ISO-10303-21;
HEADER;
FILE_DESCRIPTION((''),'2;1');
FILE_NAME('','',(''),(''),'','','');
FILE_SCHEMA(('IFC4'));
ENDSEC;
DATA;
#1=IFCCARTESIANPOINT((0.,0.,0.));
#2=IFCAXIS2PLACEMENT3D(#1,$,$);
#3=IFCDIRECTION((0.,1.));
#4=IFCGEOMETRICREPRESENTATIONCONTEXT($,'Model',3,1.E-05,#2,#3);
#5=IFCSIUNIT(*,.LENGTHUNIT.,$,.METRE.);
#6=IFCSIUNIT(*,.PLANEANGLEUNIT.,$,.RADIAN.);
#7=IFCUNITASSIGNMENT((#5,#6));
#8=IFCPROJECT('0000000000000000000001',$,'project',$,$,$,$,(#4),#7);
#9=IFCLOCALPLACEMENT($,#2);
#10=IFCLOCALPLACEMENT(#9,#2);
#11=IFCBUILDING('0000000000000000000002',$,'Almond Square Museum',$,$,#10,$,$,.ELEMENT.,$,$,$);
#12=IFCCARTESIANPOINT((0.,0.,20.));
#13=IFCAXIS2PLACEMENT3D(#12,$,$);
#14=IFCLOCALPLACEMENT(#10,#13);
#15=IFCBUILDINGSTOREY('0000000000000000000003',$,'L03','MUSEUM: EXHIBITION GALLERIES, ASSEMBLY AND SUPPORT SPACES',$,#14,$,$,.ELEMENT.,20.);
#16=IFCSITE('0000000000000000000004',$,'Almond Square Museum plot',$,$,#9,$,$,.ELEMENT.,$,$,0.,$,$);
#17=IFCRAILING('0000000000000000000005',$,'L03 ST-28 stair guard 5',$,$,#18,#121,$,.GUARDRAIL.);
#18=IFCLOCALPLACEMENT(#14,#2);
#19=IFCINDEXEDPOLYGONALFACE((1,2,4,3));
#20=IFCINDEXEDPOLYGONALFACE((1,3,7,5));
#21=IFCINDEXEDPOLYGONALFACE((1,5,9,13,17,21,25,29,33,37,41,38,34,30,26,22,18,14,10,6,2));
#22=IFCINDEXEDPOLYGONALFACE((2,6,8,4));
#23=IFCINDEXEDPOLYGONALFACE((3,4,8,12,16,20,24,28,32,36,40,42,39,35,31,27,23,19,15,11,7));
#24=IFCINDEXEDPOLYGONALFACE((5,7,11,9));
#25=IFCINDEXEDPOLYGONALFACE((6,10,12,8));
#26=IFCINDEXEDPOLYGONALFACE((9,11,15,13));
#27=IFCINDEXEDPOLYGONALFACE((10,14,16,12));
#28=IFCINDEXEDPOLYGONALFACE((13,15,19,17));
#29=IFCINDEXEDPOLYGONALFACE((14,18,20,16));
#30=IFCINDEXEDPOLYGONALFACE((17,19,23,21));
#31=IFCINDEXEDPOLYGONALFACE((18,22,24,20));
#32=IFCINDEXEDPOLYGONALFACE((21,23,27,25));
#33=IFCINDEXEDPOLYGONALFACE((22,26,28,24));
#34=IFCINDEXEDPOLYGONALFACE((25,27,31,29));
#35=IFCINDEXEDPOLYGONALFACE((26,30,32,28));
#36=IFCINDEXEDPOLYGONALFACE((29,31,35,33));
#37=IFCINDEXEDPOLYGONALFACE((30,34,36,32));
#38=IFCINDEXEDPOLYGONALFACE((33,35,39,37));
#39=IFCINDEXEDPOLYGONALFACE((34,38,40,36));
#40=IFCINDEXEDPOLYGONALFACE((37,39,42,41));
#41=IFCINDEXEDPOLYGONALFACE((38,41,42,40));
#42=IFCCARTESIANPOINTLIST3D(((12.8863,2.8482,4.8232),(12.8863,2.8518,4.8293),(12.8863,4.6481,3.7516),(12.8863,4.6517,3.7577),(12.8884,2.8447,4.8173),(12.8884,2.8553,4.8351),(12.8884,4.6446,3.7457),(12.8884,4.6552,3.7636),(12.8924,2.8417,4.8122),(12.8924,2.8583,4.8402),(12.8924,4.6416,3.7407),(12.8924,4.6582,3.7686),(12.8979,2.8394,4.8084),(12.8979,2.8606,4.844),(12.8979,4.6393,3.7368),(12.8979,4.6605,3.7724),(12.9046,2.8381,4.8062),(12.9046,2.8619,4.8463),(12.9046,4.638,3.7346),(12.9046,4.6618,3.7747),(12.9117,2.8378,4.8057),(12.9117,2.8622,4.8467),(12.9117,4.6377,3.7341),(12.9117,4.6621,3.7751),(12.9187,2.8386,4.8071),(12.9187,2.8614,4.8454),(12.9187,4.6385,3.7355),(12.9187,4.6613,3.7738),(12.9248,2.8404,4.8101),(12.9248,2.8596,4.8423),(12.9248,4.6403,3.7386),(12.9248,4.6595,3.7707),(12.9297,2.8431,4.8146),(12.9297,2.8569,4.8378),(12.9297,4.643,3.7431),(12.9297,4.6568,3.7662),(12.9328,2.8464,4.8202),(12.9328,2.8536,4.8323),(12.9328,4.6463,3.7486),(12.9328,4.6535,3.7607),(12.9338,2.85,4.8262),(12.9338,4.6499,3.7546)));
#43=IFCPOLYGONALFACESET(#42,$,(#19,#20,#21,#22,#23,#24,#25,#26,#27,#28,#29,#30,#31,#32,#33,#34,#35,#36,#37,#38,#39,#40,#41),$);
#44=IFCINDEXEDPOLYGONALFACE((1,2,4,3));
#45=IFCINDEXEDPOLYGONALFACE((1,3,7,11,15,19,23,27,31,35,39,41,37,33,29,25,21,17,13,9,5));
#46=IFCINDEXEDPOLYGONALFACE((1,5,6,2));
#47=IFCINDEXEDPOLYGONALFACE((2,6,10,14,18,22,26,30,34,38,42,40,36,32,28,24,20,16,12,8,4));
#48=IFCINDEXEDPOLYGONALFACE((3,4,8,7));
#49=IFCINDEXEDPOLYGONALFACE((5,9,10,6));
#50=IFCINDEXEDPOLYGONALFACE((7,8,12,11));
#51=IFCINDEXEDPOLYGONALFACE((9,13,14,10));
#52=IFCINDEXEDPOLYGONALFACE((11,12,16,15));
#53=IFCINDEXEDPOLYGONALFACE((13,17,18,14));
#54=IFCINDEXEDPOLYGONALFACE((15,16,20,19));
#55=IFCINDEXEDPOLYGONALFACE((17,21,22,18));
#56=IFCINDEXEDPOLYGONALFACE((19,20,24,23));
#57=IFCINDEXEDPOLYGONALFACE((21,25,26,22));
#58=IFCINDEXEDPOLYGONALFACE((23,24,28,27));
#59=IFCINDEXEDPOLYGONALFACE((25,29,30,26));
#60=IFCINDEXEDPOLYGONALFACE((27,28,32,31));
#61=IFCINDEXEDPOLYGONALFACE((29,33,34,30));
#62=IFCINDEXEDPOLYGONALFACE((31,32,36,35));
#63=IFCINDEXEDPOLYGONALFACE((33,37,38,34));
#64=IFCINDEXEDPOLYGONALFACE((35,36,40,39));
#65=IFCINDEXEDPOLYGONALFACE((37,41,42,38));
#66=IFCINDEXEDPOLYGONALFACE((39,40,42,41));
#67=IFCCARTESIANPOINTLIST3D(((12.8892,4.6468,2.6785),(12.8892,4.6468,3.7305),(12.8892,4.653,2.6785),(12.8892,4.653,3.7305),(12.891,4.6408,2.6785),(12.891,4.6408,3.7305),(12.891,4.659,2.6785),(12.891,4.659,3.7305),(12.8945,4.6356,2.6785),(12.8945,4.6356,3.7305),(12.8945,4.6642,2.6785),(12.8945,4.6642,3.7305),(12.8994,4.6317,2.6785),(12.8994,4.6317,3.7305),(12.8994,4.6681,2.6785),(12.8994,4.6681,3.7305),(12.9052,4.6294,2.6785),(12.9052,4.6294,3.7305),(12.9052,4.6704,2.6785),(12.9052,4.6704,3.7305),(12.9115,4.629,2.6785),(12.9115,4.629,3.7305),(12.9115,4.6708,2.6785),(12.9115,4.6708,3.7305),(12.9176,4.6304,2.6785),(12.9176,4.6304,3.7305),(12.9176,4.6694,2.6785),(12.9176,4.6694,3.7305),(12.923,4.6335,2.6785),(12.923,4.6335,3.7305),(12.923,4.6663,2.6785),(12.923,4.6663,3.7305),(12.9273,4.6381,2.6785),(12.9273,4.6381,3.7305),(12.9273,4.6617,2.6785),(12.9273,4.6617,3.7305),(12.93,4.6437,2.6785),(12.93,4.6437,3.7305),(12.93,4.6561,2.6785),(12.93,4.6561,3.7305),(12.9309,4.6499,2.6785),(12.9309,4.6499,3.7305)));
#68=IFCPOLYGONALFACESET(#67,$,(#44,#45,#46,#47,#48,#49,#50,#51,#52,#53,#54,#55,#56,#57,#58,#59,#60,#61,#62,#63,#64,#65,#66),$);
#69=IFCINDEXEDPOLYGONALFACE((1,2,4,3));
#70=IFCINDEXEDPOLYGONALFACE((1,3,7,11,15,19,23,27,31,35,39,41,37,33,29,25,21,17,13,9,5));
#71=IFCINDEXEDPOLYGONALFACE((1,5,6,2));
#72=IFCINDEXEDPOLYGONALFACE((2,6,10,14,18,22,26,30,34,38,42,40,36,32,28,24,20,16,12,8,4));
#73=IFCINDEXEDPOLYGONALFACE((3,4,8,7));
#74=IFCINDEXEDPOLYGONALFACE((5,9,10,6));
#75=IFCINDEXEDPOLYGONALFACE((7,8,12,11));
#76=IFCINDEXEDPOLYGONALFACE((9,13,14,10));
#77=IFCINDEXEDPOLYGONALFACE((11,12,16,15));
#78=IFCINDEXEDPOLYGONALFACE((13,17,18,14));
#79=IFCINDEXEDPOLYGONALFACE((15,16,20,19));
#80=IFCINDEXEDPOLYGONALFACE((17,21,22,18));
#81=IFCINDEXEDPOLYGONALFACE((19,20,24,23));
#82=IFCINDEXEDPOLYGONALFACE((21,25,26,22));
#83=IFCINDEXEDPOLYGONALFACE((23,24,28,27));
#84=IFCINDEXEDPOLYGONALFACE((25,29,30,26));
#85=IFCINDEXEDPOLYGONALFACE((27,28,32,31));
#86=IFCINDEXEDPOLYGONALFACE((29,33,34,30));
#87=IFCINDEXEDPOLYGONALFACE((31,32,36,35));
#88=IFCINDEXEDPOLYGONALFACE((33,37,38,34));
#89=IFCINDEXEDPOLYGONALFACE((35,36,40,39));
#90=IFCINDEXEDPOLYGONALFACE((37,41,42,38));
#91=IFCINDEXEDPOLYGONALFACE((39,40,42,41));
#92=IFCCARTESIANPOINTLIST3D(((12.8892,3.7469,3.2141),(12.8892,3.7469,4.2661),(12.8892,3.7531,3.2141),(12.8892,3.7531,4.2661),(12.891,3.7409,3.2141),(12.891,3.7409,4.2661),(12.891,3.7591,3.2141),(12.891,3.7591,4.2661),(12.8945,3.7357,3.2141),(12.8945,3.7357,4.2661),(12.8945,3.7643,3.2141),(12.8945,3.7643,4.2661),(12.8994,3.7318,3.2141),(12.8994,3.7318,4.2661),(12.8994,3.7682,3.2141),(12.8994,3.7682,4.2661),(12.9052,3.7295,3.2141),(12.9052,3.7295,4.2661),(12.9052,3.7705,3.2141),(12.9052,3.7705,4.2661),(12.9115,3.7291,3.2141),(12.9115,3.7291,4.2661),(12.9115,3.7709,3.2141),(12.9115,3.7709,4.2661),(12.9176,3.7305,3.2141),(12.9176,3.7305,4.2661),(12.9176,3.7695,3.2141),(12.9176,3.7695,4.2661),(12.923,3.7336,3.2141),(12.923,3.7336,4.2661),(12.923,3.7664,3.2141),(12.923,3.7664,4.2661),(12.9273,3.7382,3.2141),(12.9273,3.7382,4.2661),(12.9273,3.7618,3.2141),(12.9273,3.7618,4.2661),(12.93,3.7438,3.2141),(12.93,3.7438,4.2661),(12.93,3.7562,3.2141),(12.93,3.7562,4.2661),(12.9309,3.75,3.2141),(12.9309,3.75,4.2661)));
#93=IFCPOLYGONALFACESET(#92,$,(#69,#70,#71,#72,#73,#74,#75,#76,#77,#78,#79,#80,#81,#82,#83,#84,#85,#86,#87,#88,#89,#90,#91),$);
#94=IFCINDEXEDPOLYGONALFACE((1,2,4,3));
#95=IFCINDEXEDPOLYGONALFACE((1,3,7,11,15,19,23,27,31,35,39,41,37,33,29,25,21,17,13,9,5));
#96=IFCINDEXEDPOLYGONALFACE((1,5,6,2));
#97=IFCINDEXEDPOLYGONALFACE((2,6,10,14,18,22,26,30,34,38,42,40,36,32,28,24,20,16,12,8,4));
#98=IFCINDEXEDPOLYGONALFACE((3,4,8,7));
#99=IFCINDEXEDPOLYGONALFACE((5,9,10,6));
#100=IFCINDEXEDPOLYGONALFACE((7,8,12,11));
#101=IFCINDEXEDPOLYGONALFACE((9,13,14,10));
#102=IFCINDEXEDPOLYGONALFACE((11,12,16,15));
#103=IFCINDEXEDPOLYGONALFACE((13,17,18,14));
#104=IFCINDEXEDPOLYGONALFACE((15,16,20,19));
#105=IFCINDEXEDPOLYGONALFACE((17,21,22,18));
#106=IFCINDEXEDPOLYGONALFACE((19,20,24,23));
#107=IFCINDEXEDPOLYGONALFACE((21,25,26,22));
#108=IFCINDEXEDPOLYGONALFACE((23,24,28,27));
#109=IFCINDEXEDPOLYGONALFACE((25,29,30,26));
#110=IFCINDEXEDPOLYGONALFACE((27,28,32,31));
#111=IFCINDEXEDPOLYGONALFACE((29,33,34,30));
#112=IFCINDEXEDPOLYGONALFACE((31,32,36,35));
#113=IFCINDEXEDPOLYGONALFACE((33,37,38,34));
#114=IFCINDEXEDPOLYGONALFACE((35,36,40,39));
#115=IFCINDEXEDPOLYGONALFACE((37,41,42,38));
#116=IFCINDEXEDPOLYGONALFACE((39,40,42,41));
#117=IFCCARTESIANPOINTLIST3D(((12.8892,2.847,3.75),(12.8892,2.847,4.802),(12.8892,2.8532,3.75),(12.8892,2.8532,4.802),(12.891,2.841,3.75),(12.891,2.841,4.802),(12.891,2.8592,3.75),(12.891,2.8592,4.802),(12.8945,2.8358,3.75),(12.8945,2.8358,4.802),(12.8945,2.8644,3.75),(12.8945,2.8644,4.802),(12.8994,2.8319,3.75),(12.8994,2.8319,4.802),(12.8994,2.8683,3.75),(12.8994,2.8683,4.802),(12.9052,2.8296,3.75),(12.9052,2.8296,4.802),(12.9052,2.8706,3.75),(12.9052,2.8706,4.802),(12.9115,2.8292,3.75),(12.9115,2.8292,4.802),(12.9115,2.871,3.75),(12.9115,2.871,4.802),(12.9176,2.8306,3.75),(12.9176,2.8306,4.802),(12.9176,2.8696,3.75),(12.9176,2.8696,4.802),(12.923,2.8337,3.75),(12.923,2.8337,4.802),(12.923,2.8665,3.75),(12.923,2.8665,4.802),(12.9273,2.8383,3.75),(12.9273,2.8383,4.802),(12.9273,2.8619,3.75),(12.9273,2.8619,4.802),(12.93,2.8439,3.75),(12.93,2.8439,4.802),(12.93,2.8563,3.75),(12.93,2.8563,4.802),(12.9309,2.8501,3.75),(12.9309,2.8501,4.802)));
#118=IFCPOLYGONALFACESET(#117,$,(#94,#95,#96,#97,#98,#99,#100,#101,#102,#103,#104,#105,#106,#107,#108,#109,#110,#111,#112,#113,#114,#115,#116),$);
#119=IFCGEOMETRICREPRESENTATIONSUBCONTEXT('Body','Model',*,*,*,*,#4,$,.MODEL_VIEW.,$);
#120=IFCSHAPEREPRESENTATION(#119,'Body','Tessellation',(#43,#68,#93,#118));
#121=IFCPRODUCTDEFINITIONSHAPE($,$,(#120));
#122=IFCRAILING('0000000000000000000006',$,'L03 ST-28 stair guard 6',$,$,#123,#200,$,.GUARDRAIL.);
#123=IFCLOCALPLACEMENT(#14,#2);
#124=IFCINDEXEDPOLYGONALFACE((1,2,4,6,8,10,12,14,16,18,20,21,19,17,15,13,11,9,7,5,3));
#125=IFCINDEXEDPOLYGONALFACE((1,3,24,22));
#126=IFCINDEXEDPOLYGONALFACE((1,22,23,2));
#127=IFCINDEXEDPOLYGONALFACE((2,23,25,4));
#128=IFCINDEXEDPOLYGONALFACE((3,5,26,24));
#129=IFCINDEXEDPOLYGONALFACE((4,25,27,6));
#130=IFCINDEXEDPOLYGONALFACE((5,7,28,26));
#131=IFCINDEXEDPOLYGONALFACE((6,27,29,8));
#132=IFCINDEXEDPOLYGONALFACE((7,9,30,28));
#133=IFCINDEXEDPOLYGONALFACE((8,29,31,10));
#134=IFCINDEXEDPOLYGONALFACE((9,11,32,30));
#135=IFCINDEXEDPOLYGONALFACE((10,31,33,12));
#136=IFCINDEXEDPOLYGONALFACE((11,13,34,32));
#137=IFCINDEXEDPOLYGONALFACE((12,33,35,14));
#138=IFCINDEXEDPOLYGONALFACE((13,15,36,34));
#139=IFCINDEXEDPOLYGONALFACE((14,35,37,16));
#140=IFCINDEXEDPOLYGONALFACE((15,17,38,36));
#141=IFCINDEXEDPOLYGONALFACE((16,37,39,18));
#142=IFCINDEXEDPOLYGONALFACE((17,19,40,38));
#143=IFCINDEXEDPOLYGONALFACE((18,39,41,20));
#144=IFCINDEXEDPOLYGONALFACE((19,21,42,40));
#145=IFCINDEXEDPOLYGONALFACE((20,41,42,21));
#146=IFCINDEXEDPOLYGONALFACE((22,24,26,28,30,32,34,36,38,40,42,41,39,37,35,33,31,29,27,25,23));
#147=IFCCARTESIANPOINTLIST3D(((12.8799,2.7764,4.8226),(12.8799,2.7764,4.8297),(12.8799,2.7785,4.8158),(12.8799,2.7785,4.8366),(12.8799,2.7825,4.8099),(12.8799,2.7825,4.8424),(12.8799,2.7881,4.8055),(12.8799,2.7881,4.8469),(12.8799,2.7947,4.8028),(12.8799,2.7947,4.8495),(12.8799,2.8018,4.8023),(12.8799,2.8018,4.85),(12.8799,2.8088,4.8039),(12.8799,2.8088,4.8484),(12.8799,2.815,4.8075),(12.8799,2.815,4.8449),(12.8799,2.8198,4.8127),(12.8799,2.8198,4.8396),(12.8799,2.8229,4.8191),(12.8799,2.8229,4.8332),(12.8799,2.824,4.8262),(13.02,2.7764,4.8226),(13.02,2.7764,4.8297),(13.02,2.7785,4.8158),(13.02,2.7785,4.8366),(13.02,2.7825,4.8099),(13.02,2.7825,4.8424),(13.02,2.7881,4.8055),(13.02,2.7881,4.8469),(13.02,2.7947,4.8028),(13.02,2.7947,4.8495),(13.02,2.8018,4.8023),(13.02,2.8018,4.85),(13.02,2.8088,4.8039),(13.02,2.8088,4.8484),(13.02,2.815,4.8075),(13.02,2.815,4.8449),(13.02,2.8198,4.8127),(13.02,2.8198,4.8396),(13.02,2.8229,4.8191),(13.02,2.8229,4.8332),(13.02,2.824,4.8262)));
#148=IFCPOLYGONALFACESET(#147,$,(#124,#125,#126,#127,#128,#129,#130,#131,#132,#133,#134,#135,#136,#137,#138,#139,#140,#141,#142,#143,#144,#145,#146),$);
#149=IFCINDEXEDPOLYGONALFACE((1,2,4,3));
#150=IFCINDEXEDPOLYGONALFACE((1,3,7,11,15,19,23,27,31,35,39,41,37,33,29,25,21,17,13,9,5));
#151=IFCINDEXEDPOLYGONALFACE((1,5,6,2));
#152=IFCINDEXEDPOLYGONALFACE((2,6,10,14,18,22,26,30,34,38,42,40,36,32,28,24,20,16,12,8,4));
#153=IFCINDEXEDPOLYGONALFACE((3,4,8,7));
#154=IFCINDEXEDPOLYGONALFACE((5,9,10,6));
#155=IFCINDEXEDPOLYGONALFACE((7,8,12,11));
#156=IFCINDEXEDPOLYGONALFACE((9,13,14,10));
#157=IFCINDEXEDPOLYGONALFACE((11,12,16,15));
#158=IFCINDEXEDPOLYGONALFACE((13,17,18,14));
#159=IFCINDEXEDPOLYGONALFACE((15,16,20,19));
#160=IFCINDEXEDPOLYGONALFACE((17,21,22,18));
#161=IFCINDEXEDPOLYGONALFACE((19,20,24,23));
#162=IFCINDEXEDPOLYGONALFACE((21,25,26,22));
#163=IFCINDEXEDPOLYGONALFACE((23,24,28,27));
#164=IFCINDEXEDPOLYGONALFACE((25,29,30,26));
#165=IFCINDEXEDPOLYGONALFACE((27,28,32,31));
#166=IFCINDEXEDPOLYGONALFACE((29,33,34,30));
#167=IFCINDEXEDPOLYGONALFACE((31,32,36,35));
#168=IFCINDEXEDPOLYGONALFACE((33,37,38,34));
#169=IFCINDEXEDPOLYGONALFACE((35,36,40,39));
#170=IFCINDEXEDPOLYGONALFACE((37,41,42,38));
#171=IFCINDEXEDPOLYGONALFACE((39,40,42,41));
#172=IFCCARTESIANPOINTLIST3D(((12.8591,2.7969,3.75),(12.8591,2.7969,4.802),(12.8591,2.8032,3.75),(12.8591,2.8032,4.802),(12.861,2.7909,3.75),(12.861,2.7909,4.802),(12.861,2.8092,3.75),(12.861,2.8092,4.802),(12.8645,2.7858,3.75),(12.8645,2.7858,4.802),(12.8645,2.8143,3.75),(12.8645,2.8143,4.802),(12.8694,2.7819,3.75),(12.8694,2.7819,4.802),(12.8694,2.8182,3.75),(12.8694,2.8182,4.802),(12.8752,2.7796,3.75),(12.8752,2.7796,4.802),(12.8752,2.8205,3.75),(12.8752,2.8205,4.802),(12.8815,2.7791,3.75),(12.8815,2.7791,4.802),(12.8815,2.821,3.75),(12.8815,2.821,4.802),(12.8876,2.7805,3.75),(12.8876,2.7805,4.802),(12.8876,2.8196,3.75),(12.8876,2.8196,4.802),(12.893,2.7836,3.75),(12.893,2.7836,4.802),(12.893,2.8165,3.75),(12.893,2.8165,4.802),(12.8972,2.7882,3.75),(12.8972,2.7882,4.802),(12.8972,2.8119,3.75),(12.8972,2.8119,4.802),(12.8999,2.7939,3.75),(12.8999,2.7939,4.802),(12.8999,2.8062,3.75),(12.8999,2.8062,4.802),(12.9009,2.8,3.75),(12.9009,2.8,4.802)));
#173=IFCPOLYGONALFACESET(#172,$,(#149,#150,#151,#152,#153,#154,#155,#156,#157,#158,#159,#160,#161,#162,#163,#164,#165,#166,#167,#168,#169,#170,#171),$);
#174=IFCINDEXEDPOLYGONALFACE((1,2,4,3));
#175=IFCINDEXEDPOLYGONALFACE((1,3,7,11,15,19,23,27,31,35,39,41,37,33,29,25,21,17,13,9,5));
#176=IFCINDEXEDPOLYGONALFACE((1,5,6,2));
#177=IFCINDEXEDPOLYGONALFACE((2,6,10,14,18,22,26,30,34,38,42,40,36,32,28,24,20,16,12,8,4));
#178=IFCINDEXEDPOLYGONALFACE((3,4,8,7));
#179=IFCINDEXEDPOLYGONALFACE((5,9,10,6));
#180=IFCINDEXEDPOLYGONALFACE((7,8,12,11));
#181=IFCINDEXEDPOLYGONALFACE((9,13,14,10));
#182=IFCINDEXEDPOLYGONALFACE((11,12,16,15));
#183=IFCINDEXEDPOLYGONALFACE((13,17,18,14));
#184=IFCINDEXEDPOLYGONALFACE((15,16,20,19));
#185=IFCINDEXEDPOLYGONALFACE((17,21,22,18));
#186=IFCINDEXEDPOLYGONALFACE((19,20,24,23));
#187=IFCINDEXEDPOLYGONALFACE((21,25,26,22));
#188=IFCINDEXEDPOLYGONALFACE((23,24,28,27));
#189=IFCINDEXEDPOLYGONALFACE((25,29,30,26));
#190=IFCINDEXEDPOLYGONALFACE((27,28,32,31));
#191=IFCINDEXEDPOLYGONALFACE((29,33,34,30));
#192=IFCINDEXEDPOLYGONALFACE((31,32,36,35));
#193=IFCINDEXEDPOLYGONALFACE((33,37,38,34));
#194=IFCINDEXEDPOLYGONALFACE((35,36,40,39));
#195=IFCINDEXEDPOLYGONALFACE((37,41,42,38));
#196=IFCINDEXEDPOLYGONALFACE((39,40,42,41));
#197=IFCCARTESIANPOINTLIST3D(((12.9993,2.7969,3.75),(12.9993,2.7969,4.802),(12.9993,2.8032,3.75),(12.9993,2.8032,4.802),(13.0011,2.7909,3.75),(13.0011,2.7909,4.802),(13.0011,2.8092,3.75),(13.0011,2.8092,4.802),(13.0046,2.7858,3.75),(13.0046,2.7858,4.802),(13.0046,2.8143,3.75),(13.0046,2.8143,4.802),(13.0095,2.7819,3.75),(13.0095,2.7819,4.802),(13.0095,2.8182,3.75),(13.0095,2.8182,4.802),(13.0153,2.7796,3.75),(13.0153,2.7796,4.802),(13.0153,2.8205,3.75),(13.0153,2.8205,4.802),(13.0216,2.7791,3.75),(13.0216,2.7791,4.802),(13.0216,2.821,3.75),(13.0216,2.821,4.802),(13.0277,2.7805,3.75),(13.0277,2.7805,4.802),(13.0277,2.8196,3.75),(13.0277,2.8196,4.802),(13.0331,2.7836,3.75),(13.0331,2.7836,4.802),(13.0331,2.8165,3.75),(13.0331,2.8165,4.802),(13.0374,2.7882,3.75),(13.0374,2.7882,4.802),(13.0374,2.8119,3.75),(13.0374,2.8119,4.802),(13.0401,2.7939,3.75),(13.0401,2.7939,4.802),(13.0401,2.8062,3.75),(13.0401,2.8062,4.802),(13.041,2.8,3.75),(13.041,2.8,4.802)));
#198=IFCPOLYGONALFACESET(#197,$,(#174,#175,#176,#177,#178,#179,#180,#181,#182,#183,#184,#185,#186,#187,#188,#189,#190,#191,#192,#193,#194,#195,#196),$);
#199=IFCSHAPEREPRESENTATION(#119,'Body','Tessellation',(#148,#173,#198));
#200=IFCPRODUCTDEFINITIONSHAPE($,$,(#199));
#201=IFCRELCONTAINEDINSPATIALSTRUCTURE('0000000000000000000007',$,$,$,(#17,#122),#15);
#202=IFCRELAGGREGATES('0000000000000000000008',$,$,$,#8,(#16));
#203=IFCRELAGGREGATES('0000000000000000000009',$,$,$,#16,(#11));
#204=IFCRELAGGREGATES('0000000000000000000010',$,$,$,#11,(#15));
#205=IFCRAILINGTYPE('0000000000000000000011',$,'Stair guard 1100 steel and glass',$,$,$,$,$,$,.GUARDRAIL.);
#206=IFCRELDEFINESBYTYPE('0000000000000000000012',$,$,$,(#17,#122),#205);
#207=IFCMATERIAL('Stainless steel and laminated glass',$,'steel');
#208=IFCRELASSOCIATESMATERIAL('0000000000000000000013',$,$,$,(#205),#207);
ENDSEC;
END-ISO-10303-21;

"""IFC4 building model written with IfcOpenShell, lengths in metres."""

from ifc_helpers import new_model, si_unit, direction, frame, origin, origin_2d, place, context, subcontext, project, spatial, circle, extrude, material, type_object, element, save


model = new_model("IFC4")

# Units and contexts
model_context = context("Model", 3, precision=1e-05, world=origin(), true_north=direction((0.0, 1.0)))
body_context = subcontext(model_context, "Body", "Model", "MODEL_VIEW")
ifc_project = project(units=[si_unit("LENGTHUNIT", "METRE"), si_unit("PLANEANGLEUNIT", "RADIAN")], contexts=[model_context])

# Site, building, storey
site_placement = place(None, origin())
site = spatial("IfcSite", under=ifc_project, at=site_placement, Name="Almond Square Museum plot", CompositionType="ELEMENT", RefElevation=0.0)
building_placement = place(site_placement, origin())
building = spatial("IfcBuilding", under=site, at=building_placement, Name="Almond Square Museum", CompositionType="ELEMENT")
storey_placement = place(building_placement, frame((0.0, 0.0, 20.0)))
storey = spatial("IfcBuildingStorey", under=building, at=storey_placement, Name="L03", Description="MUSEUM: EXHIBITION GALLERIES, ASSEMBLY AND SUPPORT SPACES", CompositionType="ELEMENT", Elevation=20.0)

# Railings
ifc_material_1 = material(Name="Stainless steel and laminated glass", Category="steel")
railing_type_1 = type_object("IfcRailingType", Name="Stair guard 1100 steel and glass", PredefinedType="GUARDRAIL", material=ifc_material_1)
railing_1_placement = place(storey_placement, frame((12.9099, 4.6499, 2.6785)))
element("IfcRailing", 1, at=railing_1_placement, inside=storey, type_object=railing_type_1, Name="L03 ST-28 stair guard 5", PredefinedType="GUARDRAIL", context=body_context, shape_type="SweptSolid", body=[
    extrude(circle(Radius=0.0239, at=origin_2d()), frame((0.0, 0.0, 1.0762), z_axis=(0.0, -0.859247, 0.511562), x_axis=(1.0, 0.0, 0.0)), (0.0, 0.0, 1.0), 2.0947),
    extrude(circle(Radius=0.021, at=origin_2d()), origin(), (0.0, 0.0, 1.0), 1.052),
    extrude(circle(Radius=0.021, at=origin_2d()), frame((0.0, -0.8999, 0.5356)), (0.0, 0.0, 1.0), 1.052),
    extrude(circle(Radius=0.021, at=origin_2d()), frame((0.0, -1.7998, 1.0715)), (0.0, 0.0, 1.0), 1.052),
])
railing_2_placement = place(storey_placement, frame((12.8799, 2.8, 3.75)))
element("IfcRailing", 2, at=railing_2_placement, inside=storey, type_object=railing_type_1, Name="L03 ST-28 stair guard 6", PredefinedType="GUARDRAIL", context=body_context, shape_type="SweptSolid", body=[
    extrude(circle(Radius=0.0239, at=origin_2d()), frame((0.0, 0.0, 1.0762), z_axis=(1.0, 0.0, 0.0), x_axis=(0.0, 1.0, 0.0)), (0.0, 0.0, 1.0), 0.1401),
    extrude(circle(Radius=0.021, at=origin_2d()), origin(), (0.0, 0.0, 1.0), 1.052),
    extrude(circle(Radius=0.021, at=origin_2d()), frame((0.1401, 0.0, 0.0)), (0.0, 0.0, 1.0), 1.052),
])

save(model, "model.ifc")
